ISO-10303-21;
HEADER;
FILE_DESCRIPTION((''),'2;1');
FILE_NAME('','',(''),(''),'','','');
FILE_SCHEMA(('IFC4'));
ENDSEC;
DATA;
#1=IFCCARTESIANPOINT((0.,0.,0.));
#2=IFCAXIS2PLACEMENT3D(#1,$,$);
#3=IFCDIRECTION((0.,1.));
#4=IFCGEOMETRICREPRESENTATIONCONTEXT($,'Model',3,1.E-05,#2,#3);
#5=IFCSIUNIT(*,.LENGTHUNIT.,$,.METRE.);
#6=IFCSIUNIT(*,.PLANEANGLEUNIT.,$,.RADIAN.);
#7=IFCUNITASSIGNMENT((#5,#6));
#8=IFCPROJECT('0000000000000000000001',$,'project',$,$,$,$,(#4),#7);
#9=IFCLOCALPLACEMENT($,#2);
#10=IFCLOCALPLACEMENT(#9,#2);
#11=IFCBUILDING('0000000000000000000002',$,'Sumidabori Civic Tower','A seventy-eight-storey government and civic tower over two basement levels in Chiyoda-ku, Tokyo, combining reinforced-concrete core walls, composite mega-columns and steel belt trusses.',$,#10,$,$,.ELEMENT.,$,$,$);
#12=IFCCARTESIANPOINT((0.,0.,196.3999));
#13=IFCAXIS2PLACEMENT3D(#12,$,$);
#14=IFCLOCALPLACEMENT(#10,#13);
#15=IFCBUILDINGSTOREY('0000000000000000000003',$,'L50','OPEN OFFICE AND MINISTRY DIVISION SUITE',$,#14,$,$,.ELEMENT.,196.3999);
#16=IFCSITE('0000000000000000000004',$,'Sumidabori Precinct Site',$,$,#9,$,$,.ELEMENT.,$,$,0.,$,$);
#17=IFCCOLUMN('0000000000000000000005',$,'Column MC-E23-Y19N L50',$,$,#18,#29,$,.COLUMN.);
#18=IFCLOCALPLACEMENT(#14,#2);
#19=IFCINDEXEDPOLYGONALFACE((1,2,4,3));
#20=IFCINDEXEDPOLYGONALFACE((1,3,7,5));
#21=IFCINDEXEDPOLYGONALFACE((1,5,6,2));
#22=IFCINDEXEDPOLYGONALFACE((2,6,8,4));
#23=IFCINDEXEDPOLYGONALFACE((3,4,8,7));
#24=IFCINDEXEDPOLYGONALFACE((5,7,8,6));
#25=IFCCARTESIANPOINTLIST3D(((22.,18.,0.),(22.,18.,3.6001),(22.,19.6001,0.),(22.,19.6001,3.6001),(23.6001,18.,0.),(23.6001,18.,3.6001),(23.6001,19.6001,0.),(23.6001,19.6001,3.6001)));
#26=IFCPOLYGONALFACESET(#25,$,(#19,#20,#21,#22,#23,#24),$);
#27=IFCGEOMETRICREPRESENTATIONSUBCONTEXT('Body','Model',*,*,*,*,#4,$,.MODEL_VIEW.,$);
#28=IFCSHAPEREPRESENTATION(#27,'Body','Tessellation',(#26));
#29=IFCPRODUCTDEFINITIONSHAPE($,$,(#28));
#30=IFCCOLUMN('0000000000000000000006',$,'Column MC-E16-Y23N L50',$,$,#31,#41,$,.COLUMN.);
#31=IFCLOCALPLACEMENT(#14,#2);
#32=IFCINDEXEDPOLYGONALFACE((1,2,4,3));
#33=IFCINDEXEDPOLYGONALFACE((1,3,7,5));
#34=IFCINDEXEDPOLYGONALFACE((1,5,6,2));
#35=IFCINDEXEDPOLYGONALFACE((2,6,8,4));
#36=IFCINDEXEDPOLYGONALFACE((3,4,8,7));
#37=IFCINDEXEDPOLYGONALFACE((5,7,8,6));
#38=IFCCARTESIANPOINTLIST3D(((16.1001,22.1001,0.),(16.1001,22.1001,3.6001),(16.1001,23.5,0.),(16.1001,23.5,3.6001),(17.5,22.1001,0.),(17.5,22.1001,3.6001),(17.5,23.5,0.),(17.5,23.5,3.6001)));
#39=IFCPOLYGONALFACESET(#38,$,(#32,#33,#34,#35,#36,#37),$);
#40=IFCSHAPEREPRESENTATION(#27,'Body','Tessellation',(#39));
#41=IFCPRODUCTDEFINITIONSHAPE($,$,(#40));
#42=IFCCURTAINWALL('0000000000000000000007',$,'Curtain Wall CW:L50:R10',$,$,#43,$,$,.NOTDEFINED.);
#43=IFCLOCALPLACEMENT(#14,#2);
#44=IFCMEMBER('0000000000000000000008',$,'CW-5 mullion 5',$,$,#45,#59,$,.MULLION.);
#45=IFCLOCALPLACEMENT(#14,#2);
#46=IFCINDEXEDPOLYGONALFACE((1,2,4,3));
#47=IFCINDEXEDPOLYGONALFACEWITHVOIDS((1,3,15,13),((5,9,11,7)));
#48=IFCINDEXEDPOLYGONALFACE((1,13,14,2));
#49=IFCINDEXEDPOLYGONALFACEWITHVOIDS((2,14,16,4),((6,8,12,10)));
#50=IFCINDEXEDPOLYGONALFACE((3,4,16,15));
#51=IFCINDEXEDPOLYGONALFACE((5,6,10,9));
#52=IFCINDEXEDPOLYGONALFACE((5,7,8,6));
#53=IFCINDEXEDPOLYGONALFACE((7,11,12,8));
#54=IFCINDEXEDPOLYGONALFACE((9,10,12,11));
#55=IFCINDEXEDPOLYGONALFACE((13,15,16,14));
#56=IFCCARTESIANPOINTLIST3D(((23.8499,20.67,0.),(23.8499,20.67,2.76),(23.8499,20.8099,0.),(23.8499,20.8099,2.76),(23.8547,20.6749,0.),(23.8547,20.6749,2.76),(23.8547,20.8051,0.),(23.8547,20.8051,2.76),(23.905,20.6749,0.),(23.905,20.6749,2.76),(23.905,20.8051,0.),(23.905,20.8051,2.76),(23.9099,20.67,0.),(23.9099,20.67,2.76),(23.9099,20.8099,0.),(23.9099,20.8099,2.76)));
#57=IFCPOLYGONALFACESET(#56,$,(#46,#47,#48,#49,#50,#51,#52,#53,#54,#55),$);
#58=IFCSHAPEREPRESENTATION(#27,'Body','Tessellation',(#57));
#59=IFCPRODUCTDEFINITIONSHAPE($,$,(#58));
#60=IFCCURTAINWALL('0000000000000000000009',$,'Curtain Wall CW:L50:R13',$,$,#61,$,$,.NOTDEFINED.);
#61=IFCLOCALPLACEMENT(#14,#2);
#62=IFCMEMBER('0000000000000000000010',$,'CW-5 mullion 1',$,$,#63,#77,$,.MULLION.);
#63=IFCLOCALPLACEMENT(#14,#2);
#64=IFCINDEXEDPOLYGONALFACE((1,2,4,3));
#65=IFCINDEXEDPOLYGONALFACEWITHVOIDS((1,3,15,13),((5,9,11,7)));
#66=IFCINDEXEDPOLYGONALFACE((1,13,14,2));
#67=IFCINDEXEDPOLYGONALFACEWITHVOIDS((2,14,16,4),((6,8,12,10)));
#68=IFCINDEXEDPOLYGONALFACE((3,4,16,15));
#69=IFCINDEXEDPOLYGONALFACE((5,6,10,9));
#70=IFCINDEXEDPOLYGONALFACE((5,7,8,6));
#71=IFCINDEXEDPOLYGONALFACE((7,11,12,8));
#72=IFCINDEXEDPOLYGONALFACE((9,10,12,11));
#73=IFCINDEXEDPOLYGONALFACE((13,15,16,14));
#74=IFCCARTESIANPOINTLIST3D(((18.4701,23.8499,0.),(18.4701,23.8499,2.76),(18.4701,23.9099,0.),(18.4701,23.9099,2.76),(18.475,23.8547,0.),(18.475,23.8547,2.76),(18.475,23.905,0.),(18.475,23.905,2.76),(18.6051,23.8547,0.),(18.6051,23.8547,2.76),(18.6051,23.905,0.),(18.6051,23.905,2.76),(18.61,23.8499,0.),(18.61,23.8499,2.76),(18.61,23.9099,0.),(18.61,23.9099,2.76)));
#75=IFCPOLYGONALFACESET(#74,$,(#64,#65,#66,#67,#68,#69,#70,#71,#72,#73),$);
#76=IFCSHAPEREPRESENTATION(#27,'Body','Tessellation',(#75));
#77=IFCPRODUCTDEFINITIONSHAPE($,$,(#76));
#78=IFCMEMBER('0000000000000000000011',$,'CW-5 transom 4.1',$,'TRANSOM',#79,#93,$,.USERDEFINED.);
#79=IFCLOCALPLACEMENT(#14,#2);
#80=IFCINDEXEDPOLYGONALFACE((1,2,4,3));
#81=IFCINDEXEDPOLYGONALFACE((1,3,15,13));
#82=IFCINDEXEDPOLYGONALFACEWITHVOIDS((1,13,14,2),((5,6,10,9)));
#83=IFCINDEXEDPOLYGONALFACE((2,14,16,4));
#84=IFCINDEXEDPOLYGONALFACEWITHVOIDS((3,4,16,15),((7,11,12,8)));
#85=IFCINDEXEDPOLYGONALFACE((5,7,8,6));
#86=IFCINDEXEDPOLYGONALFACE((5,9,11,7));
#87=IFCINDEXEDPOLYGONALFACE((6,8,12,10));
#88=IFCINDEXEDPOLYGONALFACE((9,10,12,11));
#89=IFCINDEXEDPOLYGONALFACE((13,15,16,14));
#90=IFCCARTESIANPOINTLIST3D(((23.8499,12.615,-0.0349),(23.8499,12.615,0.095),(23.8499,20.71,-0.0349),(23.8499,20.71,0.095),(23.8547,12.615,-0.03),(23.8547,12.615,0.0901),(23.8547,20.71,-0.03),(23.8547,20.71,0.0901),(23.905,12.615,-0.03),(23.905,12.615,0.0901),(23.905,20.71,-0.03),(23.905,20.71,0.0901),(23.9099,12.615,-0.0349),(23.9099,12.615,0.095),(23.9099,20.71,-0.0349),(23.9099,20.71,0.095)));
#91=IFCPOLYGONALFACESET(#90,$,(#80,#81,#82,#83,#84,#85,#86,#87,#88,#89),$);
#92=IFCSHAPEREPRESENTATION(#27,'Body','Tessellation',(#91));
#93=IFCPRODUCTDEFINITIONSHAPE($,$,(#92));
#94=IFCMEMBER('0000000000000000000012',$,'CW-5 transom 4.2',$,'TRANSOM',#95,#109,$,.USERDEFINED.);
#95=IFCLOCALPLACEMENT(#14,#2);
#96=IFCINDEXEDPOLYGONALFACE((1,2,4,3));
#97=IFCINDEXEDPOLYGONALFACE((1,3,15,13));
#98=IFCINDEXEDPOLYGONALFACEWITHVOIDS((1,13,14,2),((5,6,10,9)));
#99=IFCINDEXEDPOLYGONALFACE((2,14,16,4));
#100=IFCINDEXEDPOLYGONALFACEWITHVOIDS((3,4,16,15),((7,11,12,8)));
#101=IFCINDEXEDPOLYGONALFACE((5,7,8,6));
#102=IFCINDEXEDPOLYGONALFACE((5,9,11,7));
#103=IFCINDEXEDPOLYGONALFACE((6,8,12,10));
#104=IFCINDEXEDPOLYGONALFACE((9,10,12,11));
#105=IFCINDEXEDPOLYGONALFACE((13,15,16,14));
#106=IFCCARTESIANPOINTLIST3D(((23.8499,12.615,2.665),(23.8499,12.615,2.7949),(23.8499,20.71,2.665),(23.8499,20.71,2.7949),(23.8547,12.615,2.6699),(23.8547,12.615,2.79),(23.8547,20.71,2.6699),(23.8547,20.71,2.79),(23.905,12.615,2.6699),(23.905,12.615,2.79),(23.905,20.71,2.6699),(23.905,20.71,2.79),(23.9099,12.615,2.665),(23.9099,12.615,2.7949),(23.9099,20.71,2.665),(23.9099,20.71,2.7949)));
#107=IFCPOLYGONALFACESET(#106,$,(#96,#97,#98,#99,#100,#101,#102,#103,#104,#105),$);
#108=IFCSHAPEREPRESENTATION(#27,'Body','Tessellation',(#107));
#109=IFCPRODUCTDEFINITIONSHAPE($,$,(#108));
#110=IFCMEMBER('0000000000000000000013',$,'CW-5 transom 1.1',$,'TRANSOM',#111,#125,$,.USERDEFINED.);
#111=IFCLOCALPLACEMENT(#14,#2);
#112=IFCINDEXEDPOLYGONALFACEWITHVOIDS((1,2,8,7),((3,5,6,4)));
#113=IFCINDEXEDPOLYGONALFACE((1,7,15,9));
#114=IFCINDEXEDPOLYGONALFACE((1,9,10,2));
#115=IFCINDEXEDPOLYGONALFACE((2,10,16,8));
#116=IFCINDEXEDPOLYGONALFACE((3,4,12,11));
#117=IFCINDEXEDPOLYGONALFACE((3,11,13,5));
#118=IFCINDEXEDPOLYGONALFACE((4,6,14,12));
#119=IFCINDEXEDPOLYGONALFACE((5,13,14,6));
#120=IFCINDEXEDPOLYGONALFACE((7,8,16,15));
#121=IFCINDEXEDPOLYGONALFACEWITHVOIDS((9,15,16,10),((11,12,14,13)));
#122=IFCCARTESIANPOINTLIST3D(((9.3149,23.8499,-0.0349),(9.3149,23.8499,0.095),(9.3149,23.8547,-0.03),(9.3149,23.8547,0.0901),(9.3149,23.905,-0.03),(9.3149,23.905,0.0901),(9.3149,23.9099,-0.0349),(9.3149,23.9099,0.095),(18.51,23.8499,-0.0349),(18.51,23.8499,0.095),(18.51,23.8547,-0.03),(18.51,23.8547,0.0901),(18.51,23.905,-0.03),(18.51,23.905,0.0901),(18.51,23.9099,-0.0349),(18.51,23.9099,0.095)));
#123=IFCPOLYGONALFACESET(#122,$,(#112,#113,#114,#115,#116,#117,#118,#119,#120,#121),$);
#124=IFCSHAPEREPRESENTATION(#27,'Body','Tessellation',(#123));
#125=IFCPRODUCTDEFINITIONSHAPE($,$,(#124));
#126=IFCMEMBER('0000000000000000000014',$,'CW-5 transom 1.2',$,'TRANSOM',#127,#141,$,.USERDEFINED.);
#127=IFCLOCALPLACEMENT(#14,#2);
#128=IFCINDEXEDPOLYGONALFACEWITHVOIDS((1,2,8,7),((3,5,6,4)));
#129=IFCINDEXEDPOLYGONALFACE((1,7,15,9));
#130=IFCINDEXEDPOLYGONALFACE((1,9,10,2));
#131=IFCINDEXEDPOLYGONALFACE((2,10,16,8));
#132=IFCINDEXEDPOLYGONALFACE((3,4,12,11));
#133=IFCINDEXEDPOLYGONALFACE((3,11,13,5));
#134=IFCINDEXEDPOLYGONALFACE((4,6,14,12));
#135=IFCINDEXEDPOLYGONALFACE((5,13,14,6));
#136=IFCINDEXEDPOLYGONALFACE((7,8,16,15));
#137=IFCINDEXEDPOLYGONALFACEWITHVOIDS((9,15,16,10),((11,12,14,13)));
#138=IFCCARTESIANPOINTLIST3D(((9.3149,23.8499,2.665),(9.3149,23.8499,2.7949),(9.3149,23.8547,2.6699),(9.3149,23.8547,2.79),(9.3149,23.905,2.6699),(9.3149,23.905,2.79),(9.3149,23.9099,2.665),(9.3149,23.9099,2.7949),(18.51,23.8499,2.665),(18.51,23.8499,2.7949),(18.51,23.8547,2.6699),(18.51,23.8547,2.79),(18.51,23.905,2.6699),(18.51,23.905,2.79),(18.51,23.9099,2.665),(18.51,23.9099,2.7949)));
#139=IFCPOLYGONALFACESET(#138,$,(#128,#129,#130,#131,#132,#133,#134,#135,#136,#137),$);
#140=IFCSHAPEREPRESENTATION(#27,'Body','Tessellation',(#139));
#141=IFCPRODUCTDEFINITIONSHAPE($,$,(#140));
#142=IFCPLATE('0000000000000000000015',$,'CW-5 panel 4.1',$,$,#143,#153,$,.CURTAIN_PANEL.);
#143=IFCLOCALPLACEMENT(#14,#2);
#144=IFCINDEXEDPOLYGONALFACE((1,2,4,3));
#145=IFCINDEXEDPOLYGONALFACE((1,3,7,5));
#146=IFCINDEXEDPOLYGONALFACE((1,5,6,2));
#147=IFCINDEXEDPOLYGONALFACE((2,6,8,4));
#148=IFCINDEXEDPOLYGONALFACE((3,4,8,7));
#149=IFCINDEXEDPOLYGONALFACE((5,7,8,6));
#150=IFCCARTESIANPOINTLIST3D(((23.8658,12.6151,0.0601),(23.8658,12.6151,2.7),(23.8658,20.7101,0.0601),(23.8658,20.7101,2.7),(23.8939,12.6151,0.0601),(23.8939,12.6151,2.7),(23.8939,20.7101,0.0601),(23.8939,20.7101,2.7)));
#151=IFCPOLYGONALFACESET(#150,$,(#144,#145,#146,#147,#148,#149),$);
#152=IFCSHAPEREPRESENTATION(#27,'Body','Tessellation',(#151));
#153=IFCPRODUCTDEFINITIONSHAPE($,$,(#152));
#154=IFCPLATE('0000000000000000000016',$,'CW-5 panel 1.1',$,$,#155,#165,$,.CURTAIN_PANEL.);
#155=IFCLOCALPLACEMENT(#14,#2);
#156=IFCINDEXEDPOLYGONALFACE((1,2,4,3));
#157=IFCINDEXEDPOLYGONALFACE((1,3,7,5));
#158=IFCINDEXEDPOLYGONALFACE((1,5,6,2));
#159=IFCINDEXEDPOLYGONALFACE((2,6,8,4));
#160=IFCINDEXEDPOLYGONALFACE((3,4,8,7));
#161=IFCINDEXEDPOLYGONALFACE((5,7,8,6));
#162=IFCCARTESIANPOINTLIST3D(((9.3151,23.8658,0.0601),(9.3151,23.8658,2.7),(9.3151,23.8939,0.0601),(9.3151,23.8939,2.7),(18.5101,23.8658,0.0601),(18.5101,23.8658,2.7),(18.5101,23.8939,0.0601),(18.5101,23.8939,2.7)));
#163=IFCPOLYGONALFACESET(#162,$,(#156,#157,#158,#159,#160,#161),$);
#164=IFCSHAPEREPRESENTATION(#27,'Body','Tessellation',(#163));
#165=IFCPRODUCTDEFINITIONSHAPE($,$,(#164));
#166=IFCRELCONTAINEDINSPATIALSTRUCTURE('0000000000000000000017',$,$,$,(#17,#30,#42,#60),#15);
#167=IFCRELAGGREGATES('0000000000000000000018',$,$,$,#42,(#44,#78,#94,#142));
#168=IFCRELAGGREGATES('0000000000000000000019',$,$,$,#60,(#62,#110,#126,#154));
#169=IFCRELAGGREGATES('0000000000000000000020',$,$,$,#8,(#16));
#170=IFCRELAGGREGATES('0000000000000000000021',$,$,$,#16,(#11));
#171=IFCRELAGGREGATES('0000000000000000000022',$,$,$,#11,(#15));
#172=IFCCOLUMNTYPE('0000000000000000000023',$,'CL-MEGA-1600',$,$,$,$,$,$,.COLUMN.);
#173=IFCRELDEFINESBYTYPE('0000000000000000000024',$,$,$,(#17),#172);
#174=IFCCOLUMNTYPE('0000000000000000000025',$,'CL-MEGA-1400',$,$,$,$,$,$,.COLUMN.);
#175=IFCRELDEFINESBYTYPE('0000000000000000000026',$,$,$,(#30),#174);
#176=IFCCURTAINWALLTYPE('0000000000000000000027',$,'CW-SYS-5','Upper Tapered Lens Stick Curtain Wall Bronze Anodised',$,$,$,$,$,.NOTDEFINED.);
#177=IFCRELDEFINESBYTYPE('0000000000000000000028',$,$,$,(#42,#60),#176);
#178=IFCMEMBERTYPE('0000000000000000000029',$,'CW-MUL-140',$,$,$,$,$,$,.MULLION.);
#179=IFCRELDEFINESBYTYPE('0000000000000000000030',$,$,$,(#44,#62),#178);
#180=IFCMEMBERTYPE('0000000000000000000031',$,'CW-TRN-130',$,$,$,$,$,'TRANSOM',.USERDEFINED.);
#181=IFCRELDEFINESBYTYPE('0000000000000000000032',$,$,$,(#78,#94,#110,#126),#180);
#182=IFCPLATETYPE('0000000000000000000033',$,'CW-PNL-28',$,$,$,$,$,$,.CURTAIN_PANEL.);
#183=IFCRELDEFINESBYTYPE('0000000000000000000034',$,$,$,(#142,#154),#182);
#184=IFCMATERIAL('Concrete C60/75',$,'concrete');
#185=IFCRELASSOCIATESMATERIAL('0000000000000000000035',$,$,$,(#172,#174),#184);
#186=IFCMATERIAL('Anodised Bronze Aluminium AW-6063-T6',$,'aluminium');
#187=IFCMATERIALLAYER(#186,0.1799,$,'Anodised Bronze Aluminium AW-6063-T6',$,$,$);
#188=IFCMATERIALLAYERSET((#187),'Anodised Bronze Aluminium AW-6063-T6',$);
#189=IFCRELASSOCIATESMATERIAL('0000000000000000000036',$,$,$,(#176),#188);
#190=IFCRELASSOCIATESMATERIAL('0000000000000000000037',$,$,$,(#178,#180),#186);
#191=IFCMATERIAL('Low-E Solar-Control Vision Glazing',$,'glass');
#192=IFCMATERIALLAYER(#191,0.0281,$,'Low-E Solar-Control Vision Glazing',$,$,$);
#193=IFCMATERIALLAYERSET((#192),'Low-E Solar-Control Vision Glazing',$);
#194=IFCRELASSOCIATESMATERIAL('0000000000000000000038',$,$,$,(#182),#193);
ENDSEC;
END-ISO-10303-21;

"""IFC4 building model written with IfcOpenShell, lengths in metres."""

from ifc_helpers import new_model, si_unit, direction, frame, origin, origin_2d, place, context, subcontext, project, spatial, rectangle, hollow_rectangle, extrude, source, transform, mapped, material, layer, layer_set, material_profile, profile_set, type_object, element, aggregate, save


model = new_model("IFC4")

# Units and contexts
model_context = context("Model", 3, precision=1e-05, world=origin(), true_north=direction((0.0, 1.0)))
body_context = subcontext(model_context, "Body", "Model", "MODEL_VIEW")
ifc_project = project(units=[si_unit("LENGTHUNIT", "METRE"), si_unit("PLANEANGLEUNIT", "RADIAN")], contexts=[model_context])

# Site, building, storey
site_placement = place(None, origin())
site = spatial("IfcSite", under=ifc_project, at=site_placement, Name="Sumidabori Precinct Site", CompositionType="ELEMENT", RefElevation=0.0)
building_placement = place(site_placement, origin())
building = spatial("IfcBuilding", under=site, at=building_placement, Name="Sumidabori Civic Tower", Description="A seventy-eight-storey government and civic tower over two basement levels in Chiyoda-ku, Tokyo, combining reinforced-concrete core walls, composite mega-columns and steel belt trusses.", CompositionType="ELEMENT")
storey_placement = place(building_placement, frame((0.0, 0.0, 196.3999)))
storey = spatial("IfcBuildingStorey", under=building, at=storey_placement, Name="L50", Description="OPEN OFFICE AND MINISTRY DIVISION SUITE", CompositionType="ELEMENT", Elevation=196.3999)

# Columns
ifc_material_1 = material(Name="Concrete C60/75", Category="concrete")
ifc_material_profile_1 = material_profile(ifc_material_1, rectangle(XDim=1.6001, YDim=1.6001, at=origin_2d()), Name="RC 1600x1600")
ifc_profile_set_1 = profile_set([ifc_material_profile_1], Name="Concrete C60/75")
column_type_1 = type_object("IfcColumnType", Name="CL-MEGA-1600", PredefinedType="COLUMN", material=ifc_profile_set_1)
shared_shape_1 = source(origin(), body_context, "Body", "SweptSolid", [
    extrude(rectangle(XDim=1.6001, YDim=1.6001, at=origin_2d()), origin(), (0.0, 0.0, 1.0), 3.6001),
])
column_1_placement = place(storey_placement, frame((22.8, 18.8, 0.0), z_axis=(0.0, 0.0, 1.0), x_axis=(1.0, 0.0, 0.0)))
element("IfcColumn", 1, at=column_1_placement, inside=storey, type_object=column_type_1, Name="Column MC-E23-Y19N L50", PredefinedType="COLUMN", context=body_context, shape_type="MappedRepresentation", body=[
    mapped(shared_shape_1, transform((0.0, 0.0, 0.0), x_axis=(1.0, 0.0, 0.0), y_axis=(0.0, 1.0, 0.0), z_axis=(0.0, 0.0, 1.0), scale=1.0)),
])
ifc_material_profile_2 = material_profile(ifc_material_1, rectangle(XDim=1.3999, YDim=1.3999, at=origin_2d()), Name="RC 1400x1400")
ifc_profile_set_2 = profile_set([ifc_material_profile_2], Name="Concrete C60/75")
column_type_2 = type_object("IfcColumnType", Name="CL-MEGA-1400", PredefinedType="COLUMN", material=ifc_profile_set_2)
shared_shape_2 = source(origin(), body_context, "Body", "SweptSolid", [
    extrude(rectangle(XDim=1.3999, YDim=1.3999, at=origin_2d()), origin(), (0.0, 0.0, 1.0), 3.6001),
])
column_2_placement = place(storey_placement, frame((16.8, 22.8, 0.0), z_axis=(0.0, 0.0, 1.0), x_axis=(1.0, 0.0, 0.0)))
element("IfcColumn", 2, at=column_2_placement, inside=storey, type_object=column_type_2, Name="Column MC-E16-Y23N L50", PredefinedType="COLUMN", context=body_context, shape_type="MappedRepresentation", body=[
    mapped(shared_shape_2, transform((0.0, 0.0, 0.0), x_axis=(1.0, 0.0, 0.0), y_axis=(0.0, 1.0, 0.0), z_axis=(0.0, 0.0, 1.0), scale=1.0)),
])

# Curtain walls, members
ifc_material_2 = material(Name="Anodised Bronze Aluminium AW-6063-T6", Category="aluminium")
ifc_layer_1 = layer(ifc_material_2, 0.1799, Name="Anodised Bronze Aluminium AW-6063-T6")
ifc_layer_set_1 = layer_set([ifc_layer_1], Name="Anodised Bronze Aluminium AW-6063-T6")
curtain_wall_type = type_object("IfcCurtainWallType", Name="CW-SYS-5", Description="Upper Tapered Lens Stick Curtain Wall Bronze Anodised", PredefinedType="NOTDEFINED", material=ifc_layer_set_1)
curtain_wall_1_placement = place(storey_placement, origin())
curtain_wall_1 = element("IfcCurtainWall", 3, at=curtain_wall_1_placement, inside=storey, type_object=curtain_wall_type, Name="Curtain Wall CW:L50:R10", PredefinedType="NOTDEFINED")
ifc_material_profile_3 = material_profile(ifc_material_2, hollow_rectangle(XDim=0.0601, YDim=0.1399, WallThickness=0.0049, at=origin_2d()), Name="ALU MULLION 140x60")
ifc_profile_set_3 = profile_set([ifc_material_profile_3], Name="Anodised Bronze Aluminium AW-6063-T6")
member_type_1 = type_object("IfcMemberType", Name="CW-MUL-140", PredefinedType="MULLION", material=ifc_profile_set_3)
shared_shape_3 = source(origin(), body_context, "Body", "SweptSolid", [
    extrude(hollow_rectangle(XDim=0.0601, YDim=0.1399, WallThickness=0.0049, at=origin_2d()), origin(), (0.0, 0.0, 1.0), 2.76),
])
member_1_placement = place(storey_placement, frame((23.8799, 20.74, 0.0), z_axis=(0.0, 0.0, 1.0), x_axis=(-1.0, 0.0, 0.0)))
member_1 = element("IfcMember", 4, at=member_1_placement, type_object=member_type_1, Name="CW-5 mullion 5", PredefinedType="MULLION", context=body_context, shape_type="MappedRepresentation", body=[
    mapped(shared_shape_3, transform((0.0, 0.0, 0.0), x_axis=(1.0, 0.0, 0.0), y_axis=(0.0, 1.0, 0.0), z_axis=(0.0, 0.0, 1.0), scale=1.0)),
])
curtain_wall_2_placement = place(storey_placement, origin())
curtain_wall_2 = element("IfcCurtainWall", 5, at=curtain_wall_2_placement, inside=storey, type_object=curtain_wall_type, Name="Curtain Wall CW:L50:R13", PredefinedType="NOTDEFINED")
member_2_placement = place(storey_placement, frame((18.54, 23.8799, 0.0), z_axis=(0.0, 0.0, 1.0), x_axis=(0.0, -1.0, 0.0)))
member_2 = element("IfcMember", 6, at=member_2_placement, type_object=member_type_1, Name="CW-5 mullion 1", PredefinedType="MULLION", context=body_context, shape_type="MappedRepresentation", body=[
    mapped(shared_shape_3, transform((0.0, 0.0, 0.0), x_axis=(1.0, 0.0, 0.0), y_axis=(0.0, 1.0, 0.0), z_axis=(0.0, 0.0, 1.0), scale=1.0)),
])

# Members
ifc_material_profile_4 = material_profile(ifc_material_2, hollow_rectangle(XDim=0.0601, YDim=0.1299, WallThickness=0.0049, at=origin_2d()), Name="ALU TRANSOM 130x60")
ifc_profile_set_4 = profile_set([ifc_material_profile_4], Name="Anodised Bronze Aluminium AW-6063-T6")
member_type_2 = type_object("IfcMemberType", Name="CW-TRN-130", ElementType="TRANSOM", PredefinedType="USERDEFINED", material=ifc_profile_set_4)
shared_shape_4 = source(origin(), body_context, "Body", "SweptSolid", [
    extrude(hollow_rectangle(XDim=0.0601, YDim=0.1299, WallThickness=0.0049, at=origin_2d()), origin(), (0.0, 0.0, 1.0), 8.095),
])
member_3_placement = place(storey_placement, frame((23.8799, 12.615, 0.03), z_axis=(0.0, 1.0, 0.0), x_axis=(-1.0, 0.0, 0.0)))
member_3 = element("IfcMember", 7, at=member_3_placement, type_object=member_type_2, Name="CW-5 transom 4.1", ObjectType="TRANSOM", PredefinedType="USERDEFINED", context=body_context, shape_type="MappedRepresentation", body=[
    mapped(shared_shape_4, transform((0.0, 0.0, 0.0), x_axis=(1.0, 0.0, 0.0), y_axis=(0.0, 1.0, 0.0), z_axis=(0.0, 0.0, 1.0), scale=1.0)),
])
member_4_placement = place(storey_placement, frame((23.8799, 12.615, 2.73), z_axis=(0.0, 1.0, 0.0), x_axis=(-1.0, 0.0, 0.0)))
member_4 = element("IfcMember", 8, at=member_4_placement, type_object=member_type_2, Name="CW-5 transom 4.2", ObjectType="TRANSOM", PredefinedType="USERDEFINED", context=body_context, shape_type="MappedRepresentation", body=[
    mapped(shared_shape_4, transform((0.0, 0.0, 0.0), x_axis=(1.0, 0.0, 0.0), y_axis=(0.0, 1.0, 0.0), z_axis=(0.0, 0.0, 1.0), scale=1.0)),
])
shared_shape_5 = source(origin(), body_context, "Body", "SweptSolid", [
    extrude(hollow_rectangle(XDim=0.0601, YDim=0.1299, WallThickness=0.0049, at=origin_2d()), origin(), (0.0, 0.0, 1.0), 9.1951),
])
member_5_placement = place(storey_placement, frame((18.51, 23.8799, 0.03), z_axis=(-1.0, 0.0, 0.0), x_axis=(0.0, -1.0, 0.0)))
member_5 = element("IfcMember", 9, at=member_5_placement, type_object=member_type_2, Name="CW-5 transom 1.1", ObjectType="TRANSOM", PredefinedType="USERDEFINED", context=body_context, shape_type="MappedRepresentation", body=[
    mapped(shared_shape_5, transform((0.0, 0.0, 0.0), x_axis=(1.0, 0.0, 0.0), y_axis=(0.0, 1.0, 0.0), z_axis=(0.0, 0.0, 1.0), scale=1.0)),
])
member_6_placement = place(storey_placement, frame((18.51, 23.8799, 2.73), z_axis=(-1.0, 0.0, 0.0), x_axis=(0.0, -1.0, 0.0)))
member_6 = element("IfcMember", 10, at=member_6_placement, type_object=member_type_2, Name="CW-5 transom 1.2", ObjectType="TRANSOM", PredefinedType="USERDEFINED", context=body_context, shape_type="MappedRepresentation", body=[
    mapped(shared_shape_5, transform((0.0, 0.0, 0.0), x_axis=(1.0, 0.0, 0.0), y_axis=(0.0, 1.0, 0.0), z_axis=(0.0, 0.0, 1.0), scale=1.0)),
])

# Plates
ifc_material_3 = material(Name="Low-E Solar-Control Vision Glazing", Category="glass")
ifc_layer_2 = layer(ifc_material_3, 0.0281, Name="Low-E Solar-Control Vision Glazing")
ifc_layer_set_2 = layer_set([ifc_layer_2], Name="Low-E Solar-Control Vision Glazing")
plate_type = type_object("IfcPlateType", Name="CW-PNL-28", PredefinedType="CURTAIN_PANEL", material=ifc_layer_set_2)
shared_shape_6 = source(origin(), body_context, "Body", "SweptSolid", [
    extrude(rectangle(XDim=8.095, YDim=0.0281, at=origin_2d()), origin(), (0.0, 0.0, 1.0), 2.6399),
])
plate_1_placement = place(storey_placement, frame((23.8799, 16.6626, 0.0601), z_axis=(0.0, 0.0, 1.0), x_axis=(0.0, 1.0, 0.0)))
plate_1 = element("IfcPlate", 11, at=plate_1_placement, type_object=plate_type, Name="CW-5 panel 4.1", PredefinedType="CURTAIN_PANEL", context=body_context, shape_type="MappedRepresentation", body=[
    mapped(shared_shape_6, transform((0.0, 0.0, 0.0), x_axis=(1.0, 0.0, 0.0), y_axis=(0.0, 1.0, 0.0), z_axis=(0.0, 0.0, 1.0), scale=1.0)),
])
aggregate(curtain_wall_1, [member_1, member_3, member_4, plate_1])
shared_shape_7 = source(origin(), body_context, "Body", "SweptSolid", [
    extrude(rectangle(XDim=9.1951, YDim=0.0281, at=origin_2d()), origin(), (0.0, 0.0, 1.0), 2.6399),
])
plate_2_placement = place(storey_placement, frame((13.9126, 23.8799, 0.0601), z_axis=(0.0, 0.0, 1.0), x_axis=(-1.0, 0.0, 0.0)))
plate_2 = element("IfcPlate", 12, at=plate_2_placement, type_object=plate_type, Name="CW-5 panel 1.1", PredefinedType="CURTAIN_PANEL", context=body_context, shape_type="MappedRepresentation", body=[
    mapped(shared_shape_7, transform((0.0, 0.0, 0.0), x_axis=(1.0, 0.0, 0.0), y_axis=(0.0, 1.0, 0.0), z_axis=(0.0, 0.0, 1.0), scale=1.0)),
])
aggregate(curtain_wall_2, [member_2, member_5, member_6, plate_2])

save(model, "model.ifc")
